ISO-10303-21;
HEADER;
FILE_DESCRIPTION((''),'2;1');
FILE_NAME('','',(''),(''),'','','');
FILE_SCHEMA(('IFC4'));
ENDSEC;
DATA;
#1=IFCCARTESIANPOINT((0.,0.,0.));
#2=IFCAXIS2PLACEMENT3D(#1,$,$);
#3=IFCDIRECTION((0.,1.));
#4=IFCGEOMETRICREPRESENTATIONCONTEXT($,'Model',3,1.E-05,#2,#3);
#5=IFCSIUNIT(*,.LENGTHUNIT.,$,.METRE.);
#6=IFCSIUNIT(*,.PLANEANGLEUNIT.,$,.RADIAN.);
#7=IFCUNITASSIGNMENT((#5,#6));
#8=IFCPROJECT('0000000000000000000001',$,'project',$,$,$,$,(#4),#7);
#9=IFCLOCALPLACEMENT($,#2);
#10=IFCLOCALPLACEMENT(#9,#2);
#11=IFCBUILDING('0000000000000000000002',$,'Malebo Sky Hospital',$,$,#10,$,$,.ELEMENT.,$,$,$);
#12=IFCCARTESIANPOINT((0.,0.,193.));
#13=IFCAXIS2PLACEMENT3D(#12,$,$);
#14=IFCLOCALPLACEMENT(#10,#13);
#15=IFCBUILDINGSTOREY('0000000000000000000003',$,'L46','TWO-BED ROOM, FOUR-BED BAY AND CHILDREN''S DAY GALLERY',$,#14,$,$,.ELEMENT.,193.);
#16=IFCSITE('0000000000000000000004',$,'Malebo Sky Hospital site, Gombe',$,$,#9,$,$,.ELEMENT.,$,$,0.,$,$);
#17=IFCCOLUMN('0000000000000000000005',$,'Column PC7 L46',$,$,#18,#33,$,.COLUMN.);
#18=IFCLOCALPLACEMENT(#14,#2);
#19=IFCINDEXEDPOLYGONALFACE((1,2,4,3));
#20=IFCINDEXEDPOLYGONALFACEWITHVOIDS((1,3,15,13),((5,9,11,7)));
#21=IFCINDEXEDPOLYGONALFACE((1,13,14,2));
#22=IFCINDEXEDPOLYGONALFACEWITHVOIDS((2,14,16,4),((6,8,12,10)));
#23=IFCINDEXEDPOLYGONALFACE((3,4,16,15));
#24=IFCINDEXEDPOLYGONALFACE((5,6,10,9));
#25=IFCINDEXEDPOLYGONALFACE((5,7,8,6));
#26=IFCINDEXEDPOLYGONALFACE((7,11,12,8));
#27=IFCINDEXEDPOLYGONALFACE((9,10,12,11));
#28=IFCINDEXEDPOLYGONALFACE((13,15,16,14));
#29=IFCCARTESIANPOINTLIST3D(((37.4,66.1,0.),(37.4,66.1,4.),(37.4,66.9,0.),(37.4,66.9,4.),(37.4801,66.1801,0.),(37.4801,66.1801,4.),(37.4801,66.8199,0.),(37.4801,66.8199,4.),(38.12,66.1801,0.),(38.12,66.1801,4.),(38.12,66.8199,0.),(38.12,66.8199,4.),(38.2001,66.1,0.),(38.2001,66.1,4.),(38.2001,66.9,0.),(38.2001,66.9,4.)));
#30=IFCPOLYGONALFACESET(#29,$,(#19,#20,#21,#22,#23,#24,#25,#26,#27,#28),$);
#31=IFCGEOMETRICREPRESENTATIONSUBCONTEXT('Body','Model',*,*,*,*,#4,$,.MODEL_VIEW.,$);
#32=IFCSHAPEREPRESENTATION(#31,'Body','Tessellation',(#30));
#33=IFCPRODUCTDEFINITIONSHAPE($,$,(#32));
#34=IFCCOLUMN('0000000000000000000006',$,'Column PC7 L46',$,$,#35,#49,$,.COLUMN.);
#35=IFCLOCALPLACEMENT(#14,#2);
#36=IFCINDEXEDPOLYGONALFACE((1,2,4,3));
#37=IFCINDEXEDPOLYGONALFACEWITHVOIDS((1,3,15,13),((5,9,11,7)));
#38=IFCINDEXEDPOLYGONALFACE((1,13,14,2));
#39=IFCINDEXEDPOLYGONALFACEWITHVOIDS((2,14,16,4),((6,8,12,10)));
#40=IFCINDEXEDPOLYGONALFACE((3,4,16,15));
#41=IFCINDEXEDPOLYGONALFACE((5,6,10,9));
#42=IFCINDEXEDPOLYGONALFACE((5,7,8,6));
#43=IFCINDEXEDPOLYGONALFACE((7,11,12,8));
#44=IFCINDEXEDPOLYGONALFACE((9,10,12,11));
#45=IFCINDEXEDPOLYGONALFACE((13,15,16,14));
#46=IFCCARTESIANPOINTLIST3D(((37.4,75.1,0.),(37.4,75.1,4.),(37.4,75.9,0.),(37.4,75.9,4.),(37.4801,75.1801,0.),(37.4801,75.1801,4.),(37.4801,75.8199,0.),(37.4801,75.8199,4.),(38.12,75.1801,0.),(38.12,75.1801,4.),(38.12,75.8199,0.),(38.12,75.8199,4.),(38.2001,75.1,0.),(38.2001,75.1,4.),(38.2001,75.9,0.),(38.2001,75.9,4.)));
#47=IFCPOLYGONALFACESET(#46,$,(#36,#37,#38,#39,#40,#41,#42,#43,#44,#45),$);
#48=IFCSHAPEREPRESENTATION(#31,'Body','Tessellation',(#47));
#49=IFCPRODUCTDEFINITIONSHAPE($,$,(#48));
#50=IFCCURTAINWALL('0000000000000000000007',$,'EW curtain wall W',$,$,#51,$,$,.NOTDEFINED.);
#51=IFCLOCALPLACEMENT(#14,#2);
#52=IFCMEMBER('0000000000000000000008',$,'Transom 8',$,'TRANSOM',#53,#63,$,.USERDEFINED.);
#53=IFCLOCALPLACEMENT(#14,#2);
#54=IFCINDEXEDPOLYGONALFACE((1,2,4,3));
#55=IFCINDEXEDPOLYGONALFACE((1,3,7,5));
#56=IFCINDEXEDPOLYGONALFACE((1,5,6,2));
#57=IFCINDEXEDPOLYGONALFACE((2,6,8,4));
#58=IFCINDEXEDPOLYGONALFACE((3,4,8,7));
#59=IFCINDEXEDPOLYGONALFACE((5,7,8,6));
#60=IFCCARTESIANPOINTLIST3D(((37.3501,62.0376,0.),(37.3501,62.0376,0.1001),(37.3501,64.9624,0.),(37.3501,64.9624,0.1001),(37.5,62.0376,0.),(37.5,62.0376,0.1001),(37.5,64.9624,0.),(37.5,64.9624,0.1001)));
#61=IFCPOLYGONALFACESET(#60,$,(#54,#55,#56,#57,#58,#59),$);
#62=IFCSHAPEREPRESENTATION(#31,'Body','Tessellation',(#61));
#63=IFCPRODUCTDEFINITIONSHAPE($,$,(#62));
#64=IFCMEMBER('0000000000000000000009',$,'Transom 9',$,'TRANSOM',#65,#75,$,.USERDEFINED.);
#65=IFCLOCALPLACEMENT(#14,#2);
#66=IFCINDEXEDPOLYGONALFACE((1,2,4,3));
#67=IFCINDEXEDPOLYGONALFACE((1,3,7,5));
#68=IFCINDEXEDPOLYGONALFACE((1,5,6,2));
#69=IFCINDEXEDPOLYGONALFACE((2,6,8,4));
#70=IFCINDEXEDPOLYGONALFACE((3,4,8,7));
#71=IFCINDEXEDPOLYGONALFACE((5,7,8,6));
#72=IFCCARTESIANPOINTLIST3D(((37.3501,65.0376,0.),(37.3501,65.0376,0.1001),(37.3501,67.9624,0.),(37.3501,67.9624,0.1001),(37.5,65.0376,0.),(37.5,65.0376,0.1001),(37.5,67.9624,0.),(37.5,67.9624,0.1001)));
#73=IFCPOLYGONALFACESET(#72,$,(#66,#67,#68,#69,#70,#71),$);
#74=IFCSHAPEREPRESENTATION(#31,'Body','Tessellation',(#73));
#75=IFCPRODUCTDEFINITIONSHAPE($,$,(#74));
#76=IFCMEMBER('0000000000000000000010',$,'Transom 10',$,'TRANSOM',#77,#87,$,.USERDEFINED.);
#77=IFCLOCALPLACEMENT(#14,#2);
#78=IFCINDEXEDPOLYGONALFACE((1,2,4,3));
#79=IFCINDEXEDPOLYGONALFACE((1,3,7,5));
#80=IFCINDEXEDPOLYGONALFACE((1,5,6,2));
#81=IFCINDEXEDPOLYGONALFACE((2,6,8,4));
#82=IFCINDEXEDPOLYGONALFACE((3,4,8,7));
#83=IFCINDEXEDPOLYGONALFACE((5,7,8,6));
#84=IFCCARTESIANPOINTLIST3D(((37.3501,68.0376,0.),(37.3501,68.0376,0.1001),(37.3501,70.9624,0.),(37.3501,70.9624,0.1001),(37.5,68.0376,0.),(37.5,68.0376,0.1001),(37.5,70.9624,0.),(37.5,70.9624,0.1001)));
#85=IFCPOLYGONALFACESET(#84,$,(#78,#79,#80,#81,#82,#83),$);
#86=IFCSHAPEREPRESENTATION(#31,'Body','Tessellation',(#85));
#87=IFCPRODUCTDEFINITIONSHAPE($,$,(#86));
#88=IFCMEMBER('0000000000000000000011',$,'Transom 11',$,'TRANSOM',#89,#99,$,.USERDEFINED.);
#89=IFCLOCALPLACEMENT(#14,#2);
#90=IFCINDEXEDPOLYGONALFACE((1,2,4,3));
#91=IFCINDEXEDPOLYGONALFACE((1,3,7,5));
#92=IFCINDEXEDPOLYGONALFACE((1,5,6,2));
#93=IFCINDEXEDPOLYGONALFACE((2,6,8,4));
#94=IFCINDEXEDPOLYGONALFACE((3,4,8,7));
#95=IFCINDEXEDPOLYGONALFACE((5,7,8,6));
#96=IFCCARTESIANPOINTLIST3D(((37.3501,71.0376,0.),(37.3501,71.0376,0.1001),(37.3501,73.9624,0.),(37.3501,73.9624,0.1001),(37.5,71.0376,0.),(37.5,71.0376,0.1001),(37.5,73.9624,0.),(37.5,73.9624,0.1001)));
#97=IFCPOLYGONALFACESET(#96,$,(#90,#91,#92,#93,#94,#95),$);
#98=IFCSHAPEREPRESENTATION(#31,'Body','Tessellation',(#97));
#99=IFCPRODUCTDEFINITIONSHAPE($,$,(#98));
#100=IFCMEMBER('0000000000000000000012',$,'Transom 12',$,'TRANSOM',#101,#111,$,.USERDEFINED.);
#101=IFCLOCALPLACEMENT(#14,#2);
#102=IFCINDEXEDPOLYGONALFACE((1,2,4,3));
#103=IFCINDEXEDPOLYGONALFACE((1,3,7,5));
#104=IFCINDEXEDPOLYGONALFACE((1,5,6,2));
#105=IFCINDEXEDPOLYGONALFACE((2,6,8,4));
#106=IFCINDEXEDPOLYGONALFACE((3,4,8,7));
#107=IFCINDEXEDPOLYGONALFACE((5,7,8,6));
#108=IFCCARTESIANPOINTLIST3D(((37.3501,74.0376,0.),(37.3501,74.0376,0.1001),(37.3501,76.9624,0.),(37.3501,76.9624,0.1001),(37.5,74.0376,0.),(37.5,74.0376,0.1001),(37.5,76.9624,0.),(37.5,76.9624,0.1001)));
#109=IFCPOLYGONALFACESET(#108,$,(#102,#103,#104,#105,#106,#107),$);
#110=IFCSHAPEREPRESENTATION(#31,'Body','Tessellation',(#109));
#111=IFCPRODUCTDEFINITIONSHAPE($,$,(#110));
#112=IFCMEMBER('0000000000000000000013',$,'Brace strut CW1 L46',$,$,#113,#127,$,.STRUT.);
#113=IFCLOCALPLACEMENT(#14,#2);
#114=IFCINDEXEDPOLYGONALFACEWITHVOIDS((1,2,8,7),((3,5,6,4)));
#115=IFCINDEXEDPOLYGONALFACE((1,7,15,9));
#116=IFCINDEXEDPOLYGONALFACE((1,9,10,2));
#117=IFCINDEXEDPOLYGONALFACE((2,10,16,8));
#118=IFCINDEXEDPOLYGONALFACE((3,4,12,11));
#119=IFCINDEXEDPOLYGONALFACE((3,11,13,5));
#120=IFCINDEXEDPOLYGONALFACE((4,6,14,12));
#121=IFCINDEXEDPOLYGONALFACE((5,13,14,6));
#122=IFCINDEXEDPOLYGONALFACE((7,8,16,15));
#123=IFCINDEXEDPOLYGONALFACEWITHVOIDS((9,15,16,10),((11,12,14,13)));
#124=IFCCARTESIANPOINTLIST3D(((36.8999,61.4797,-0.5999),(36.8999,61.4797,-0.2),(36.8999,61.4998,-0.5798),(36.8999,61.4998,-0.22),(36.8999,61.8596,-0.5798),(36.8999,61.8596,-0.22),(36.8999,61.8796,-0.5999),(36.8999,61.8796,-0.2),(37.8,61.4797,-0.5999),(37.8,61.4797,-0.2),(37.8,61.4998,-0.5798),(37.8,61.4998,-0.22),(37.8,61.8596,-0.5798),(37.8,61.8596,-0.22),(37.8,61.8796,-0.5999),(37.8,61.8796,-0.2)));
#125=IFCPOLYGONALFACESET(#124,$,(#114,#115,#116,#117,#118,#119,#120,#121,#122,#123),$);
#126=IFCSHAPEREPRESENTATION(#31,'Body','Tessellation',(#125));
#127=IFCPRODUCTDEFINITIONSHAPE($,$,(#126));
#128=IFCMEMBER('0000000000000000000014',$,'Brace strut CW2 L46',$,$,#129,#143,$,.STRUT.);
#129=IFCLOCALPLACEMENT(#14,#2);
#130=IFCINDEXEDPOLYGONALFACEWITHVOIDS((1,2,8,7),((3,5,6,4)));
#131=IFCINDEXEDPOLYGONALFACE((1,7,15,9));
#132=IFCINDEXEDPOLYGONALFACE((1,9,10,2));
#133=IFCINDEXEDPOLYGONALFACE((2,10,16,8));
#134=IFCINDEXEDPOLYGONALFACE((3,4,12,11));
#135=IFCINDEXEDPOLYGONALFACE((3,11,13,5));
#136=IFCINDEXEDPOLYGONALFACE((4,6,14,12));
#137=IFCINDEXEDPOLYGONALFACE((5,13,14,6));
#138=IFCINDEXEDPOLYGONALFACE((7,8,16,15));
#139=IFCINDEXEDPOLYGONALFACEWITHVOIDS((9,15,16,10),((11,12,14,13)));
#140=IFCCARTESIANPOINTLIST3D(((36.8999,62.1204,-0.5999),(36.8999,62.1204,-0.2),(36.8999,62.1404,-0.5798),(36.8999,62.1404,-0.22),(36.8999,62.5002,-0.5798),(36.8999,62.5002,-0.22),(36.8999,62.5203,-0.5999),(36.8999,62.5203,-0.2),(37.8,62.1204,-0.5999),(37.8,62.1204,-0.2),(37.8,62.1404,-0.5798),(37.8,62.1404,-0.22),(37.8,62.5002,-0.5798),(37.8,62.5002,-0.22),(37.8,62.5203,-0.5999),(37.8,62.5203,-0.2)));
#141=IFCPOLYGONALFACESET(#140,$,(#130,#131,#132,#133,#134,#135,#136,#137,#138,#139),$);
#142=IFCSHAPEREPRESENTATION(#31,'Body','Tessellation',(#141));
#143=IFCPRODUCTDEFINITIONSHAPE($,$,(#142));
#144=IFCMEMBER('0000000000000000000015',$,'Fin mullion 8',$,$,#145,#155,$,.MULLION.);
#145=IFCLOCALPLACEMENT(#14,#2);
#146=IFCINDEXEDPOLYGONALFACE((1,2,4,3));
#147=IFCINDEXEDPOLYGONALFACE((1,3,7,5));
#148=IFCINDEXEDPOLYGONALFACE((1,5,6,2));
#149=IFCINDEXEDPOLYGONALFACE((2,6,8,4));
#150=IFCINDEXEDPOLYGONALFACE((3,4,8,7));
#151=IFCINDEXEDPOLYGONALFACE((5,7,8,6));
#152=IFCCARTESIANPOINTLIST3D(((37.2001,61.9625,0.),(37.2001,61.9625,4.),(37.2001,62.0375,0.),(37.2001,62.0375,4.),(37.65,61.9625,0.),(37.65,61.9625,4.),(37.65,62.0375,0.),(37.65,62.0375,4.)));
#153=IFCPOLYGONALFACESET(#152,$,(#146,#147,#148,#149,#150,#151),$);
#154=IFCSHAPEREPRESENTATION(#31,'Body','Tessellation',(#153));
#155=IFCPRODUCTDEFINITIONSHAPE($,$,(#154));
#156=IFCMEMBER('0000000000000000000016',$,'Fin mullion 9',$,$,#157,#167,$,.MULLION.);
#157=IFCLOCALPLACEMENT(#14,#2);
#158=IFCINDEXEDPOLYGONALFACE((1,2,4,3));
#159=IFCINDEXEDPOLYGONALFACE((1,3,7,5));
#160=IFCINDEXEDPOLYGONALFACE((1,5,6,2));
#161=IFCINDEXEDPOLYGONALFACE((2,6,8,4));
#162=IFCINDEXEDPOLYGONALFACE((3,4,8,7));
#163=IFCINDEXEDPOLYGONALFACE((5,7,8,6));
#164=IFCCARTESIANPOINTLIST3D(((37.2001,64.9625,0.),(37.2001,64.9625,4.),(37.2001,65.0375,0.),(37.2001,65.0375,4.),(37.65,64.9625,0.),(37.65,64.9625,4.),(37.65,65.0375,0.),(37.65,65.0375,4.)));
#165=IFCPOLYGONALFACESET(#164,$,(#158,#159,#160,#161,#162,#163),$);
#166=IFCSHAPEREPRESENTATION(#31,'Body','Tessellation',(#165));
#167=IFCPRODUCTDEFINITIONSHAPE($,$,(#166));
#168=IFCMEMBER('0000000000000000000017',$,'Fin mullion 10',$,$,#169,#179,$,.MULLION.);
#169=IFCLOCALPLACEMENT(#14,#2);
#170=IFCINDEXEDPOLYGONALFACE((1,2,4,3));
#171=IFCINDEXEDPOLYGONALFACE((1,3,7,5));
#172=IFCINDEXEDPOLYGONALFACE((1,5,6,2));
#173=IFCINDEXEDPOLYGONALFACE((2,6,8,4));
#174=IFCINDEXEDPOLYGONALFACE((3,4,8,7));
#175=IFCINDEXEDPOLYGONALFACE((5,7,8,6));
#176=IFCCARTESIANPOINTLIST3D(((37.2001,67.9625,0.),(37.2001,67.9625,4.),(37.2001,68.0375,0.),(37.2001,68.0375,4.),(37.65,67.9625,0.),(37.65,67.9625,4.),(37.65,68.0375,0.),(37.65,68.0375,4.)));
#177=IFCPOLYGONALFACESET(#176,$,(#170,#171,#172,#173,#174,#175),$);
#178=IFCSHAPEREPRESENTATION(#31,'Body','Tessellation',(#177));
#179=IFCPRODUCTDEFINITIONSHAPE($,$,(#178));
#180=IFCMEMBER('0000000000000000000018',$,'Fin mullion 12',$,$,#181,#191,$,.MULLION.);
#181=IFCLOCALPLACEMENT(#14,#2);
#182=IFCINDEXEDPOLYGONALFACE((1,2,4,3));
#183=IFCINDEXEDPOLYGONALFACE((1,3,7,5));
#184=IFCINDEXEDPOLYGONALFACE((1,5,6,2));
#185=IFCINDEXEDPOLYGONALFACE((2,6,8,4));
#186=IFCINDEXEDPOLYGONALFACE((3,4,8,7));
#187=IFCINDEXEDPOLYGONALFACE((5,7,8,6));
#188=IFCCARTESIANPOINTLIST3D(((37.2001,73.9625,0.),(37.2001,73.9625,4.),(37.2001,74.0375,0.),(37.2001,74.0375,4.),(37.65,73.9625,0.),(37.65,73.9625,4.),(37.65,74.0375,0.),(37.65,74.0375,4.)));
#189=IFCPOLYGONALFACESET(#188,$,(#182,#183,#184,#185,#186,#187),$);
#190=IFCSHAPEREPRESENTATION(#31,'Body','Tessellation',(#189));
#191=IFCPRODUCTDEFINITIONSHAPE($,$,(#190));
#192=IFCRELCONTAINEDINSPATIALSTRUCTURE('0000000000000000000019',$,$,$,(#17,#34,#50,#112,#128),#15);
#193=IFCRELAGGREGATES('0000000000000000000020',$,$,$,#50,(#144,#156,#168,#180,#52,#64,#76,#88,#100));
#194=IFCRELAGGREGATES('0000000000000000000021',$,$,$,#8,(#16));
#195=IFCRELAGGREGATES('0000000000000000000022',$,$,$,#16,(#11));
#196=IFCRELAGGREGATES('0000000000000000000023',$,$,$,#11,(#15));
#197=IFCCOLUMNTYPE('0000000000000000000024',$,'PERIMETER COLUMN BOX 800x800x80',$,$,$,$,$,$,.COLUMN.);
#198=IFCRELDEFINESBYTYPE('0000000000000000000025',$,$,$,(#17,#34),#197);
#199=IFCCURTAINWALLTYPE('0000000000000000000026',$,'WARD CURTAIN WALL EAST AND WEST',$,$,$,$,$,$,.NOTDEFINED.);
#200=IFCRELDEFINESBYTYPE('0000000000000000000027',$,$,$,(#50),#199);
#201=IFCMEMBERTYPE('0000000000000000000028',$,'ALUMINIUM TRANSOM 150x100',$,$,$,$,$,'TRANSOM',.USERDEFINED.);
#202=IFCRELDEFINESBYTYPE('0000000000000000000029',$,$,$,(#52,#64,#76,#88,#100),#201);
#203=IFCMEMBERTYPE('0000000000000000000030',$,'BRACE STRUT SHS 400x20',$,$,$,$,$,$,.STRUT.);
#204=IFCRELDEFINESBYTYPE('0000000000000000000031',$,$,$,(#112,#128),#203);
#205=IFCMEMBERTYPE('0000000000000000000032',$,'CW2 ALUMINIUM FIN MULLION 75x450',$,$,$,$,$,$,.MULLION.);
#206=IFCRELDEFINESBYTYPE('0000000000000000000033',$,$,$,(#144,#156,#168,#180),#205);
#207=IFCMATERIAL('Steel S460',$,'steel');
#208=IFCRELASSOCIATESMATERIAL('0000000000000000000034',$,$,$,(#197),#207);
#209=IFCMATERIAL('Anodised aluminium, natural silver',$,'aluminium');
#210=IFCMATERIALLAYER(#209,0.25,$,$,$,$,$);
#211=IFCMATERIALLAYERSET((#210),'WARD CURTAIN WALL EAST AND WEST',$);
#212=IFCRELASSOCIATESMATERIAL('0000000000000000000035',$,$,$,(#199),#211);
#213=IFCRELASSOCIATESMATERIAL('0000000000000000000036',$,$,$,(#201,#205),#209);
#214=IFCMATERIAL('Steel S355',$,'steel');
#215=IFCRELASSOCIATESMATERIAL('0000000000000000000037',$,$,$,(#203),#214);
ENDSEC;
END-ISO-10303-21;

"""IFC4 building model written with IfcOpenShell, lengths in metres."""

from ifc_helpers import new_model, si_unit, direction, frame, origin, origin_2d, place, context, subcontext, project, spatial, rectangle, hollow_rectangle, extrude, material, layer, layer_set, material_profile, profile_set, type_object, element, aggregate, save


model = new_model("IFC4")

# Units and contexts
model_context = context("Model", 3, precision=1e-05, world=origin(), true_north=direction((0.0, 1.0)))
body_context = subcontext(model_context, "Body", "Model", "MODEL_VIEW")
ifc_project = project(units=[si_unit("LENGTHUNIT", "METRE"), si_unit("PLANEANGLEUNIT", "RADIAN")], contexts=[model_context])

# Site, building, storey
site_placement = place(None, origin())
site = spatial("IfcSite", under=ifc_project, at=site_placement, Name="Malebo Sky Hospital site, Gombe", CompositionType="ELEMENT", RefElevation=0.0)
building_placement = place(site_placement, origin())
building = spatial("IfcBuilding", under=site, at=building_placement, Name="Malebo Sky Hospital", CompositionType="ELEMENT")
storey_placement = place(building_placement, frame((0.0, 0.0, 193.0)))
storey = spatial("IfcBuildingStorey", under=building, at=storey_placement, Name="L46", Description="TWO-BED ROOM, FOUR-BED BAY AND CHILDREN'S DAY GALLERY", CompositionType="ELEMENT", Elevation=193.0)

# Columns
ifc_material_1 = material(Name="Steel S460", Category="steel")
ifc_material_profile_1 = material_profile(ifc_material_1, hollow_rectangle(XDim=0.8, YDim=0.8, WallThickness=0.0801, at=origin_2d()), Name="BOX 800x800x80")
ifc_profile_set_1 = profile_set([ifc_material_profile_1], Name="Steel S460")
column_type = type_object("IfcColumnType", Name="PERIMETER COLUMN BOX 800x800x80", PredefinedType="COLUMN", material=ifc_profile_set_1)
for number, where, z_axis, x_axis, name in (
    (1, (37.8, 66.5, 0.0), (0.0, 0.0, 1.0), (1.0, 0.0, 0.0), "Column PC7 L46"),
    (2, (37.8, 75.5, 0.0), (0.0, 0.0, 1.0), (1.0, 0.0, 0.0), "Column PC7 L46"),
):
    element("IfcColumn", number, at=place(storey_placement, frame(where, z_axis=z_axis, x_axis=x_axis)), inside=storey, type_object=column_type, Name=name, PredefinedType="COLUMN", context=body_context, shape_type="SweptSolid", body=[
        extrude(hollow_rectangle(XDim=0.8, YDim=0.8, WallThickness=0.0801, at=origin_2d()), origin(), (0.0, 0.0, 1.0), 4.0),
    ])

# Curtain wall, members
ifc_material_2 = material(Name="Anodised aluminium, natural silver", Category="aluminium")
ifc_layer_1 = layer(ifc_material_2, 0.25)
ifc_layer_set_1 = layer_set([ifc_layer_1], Name="WARD CURTAIN WALL EAST AND WEST")
curtain_wall_type = type_object("IfcCurtainWallType", Name="WARD CURTAIN WALL EAST AND WEST", PredefinedType="NOTDEFINED", material=ifc_layer_set_1)
curtain_wall_placement = place(storey_placement, origin())
curtain_wall = element("IfcCurtainWall", 3, at=curtain_wall_placement, inside=storey, type_object=curtain_wall_type, Name="EW curtain wall W", PredefinedType="NOTDEFINED")
ifc_material_profile_2 = material_profile(ifc_material_2, rectangle(XDim=0.1499, YDim=0.1001, at=origin_2d()), Name="ALUMINIUM TRANSOM 150x100")
ifc_profile_set_2 = profile_set([ifc_material_profile_2], Name="Anodised aluminium, natural silver")
member_type_1 = type_object("IfcMemberType", Name="ALUMINIUM TRANSOM 150x100", ElementType="TRANSOM", PredefinedType="USERDEFINED", material=ifc_profile_set_2)
member_1_placement = place(storey_placement, frame((37.425, 62.0376, 0.05), z_axis=(0.0, 1.0, 0.0), x_axis=(-1.0, 0.0, 0.0)))
member_1 = element("IfcMember", 4, at=member_1_placement, type_object=member_type_1, Name="Transom 8", ObjectType="TRANSOM", PredefinedType="USERDEFINED", context=body_context, shape_type="SweptSolid", body=[
    extrude(rectangle(XDim=0.1499, YDim=0.1001, at=origin_2d()), origin(), (0.0, 0.0, 1.0), 2.9248),
])
member_2_placement = place(storey_placement, frame((37.425, 65.0376, 0.05), z_axis=(0.0, 1.0, 0.0), x_axis=(-1.0, 0.0, 0.0)))
member_2 = element("IfcMember", 5, at=member_2_placement, type_object=member_type_1, Name="Transom 9", ObjectType="TRANSOM", PredefinedType="USERDEFINED", context=body_context, shape_type="SweptSolid", body=[
    extrude(rectangle(XDim=0.1499, YDim=0.1001, at=origin_2d()), origin(), (0.0, 0.0, 1.0), 2.9248),
])
member_3_placement = place(storey_placement, frame((37.425, 68.0376, 0.05), z_axis=(0.0, 1.0, 0.0), x_axis=(-1.0, 0.0, 0.0)))
member_3 = element("IfcMember", 6, at=member_3_placement, type_object=member_type_1, Name="Transom 10", ObjectType="TRANSOM", PredefinedType="USERDEFINED", context=body_context, shape_type="SweptSolid", body=[
    extrude(rectangle(XDim=0.1499, YDim=0.1001, at=origin_2d()), origin(), (0.0, 0.0, 1.0), 2.9248),
])
member_4_placement = place(storey_placement, frame((37.425, 71.0376, 0.05), z_axis=(0.0, 1.0, 0.0), x_axis=(-1.0, 0.0, 0.0)))
member_4 = element("IfcMember", 7, at=member_4_placement, type_object=member_type_1, Name="Transom 11", ObjectType="TRANSOM", PredefinedType="USERDEFINED", context=body_context, shape_type="SweptSolid", body=[
    extrude(rectangle(XDim=0.1499, YDim=0.1001, at=origin_2d()), origin(), (0.0, 0.0, 1.0), 2.9248),
])
member_5_placement = place(storey_placement, frame((37.425, 74.0376, 0.05), z_axis=(0.0, 1.0, 0.0), x_axis=(-1.0, 0.0, 0.0)))
member_5 = element("IfcMember", 8, at=member_5_placement, type_object=member_type_1, Name="Transom 12", ObjectType="TRANSOM", PredefinedType="USERDEFINED", context=body_context, shape_type="SweptSolid", body=[
    extrude(rectangle(XDim=0.1499, YDim=0.1001, at=origin_2d()), origin(), (0.0, 0.0, 1.0), 2.9248),
])

# Members
ifc_material_3 = material(Name="Steel S355", Category="steel")
ifc_material_profile_3 = material_profile(ifc_material_3, hollow_rectangle(XDim=0.3999, YDim=0.3999, WallThickness=0.02, at=origin_2d()), Name="SHS 400x20")
ifc_profile_set_3 = profile_set([ifc_material_profile_3], Name="Steel S355")
member_type_2 = type_object("IfcMemberType", Name="BRACE STRUT SHS 400x20", PredefinedType="STRUT", material=ifc_profile_set_3)
for number, where, z_axis, x_axis, name in (
    (9, (36.8999, 61.6797, -0.3999), (1.0, 0.0, 0.0), (0.0, 1.0, 0.0), "Brace strut CW1 L46"),
    (10, (36.8999, 62.3203, -0.3999), (1.0, 0.0, 0.0), (0.0, 1.0, 0.0), "Brace strut CW2 L46"),
):
    element("IfcMember", number, at=place(storey_placement, frame(where, z_axis=z_axis, x_axis=x_axis)), inside=storey, type_object=member_type_2, Name=name, PredefinedType="STRUT", context=body_context, shape_type="SweptSolid", body=[
        extrude(hollow_rectangle(XDim=0.3999, YDim=0.3999, WallThickness=0.02, at=origin_2d()), origin(), (0.0, 0.0, 1.0), 0.9001),
    ])

# Members
ifc_material_profile_4 = material_profile(ifc_material_2, rectangle(XDim=0.075, YDim=0.45, at=origin_2d()), Name="CW2 ALUMINIUM FIN MULLION 75x450")
ifc_profile_set_4 = profile_set([ifc_material_profile_4], Name="Anodised aluminium, natural silver")
member_type_3 = type_object("IfcMemberType", Name="CW2 ALUMINIUM FIN MULLION 75x450", PredefinedType="MULLION", material=ifc_profile_set_4)
member_6_placement = place(storey_placement, frame((37.425, 62.0, 0.0), z_axis=(0.0, 0.0, 1.0), x_axis=(0.0, 1.0, 0.0)))
member_6 = element("IfcMember", 11, at=member_6_placement, type_object=member_type_3, Name="Fin mullion 8", PredefinedType="MULLION", context=body_context, shape_type="SweptSolid", body=[
    extrude(rectangle(XDim=0.075, YDim=0.45, at=origin_2d()), origin(), (0.0, 0.0, 1.0), 4.0),
])
member_7_placement = place(storey_placement, frame((37.425, 65.0, 0.0), z_axis=(0.0, 0.0, 1.0), x_axis=(0.0, 1.0, 0.0)))
member_7 = element("IfcMember", 12, at=member_7_placement, type_object=member_type_3, Name="Fin mullion 9", PredefinedType="MULLION", context=body_context, shape_type="SweptSolid", body=[
    extrude(rectangle(XDim=0.075, YDim=0.45, at=origin_2d()), origin(), (0.0, 0.0, 1.0), 4.0),
])
member_8_placement = place(storey_placement, frame((37.425, 68.0, 0.0), z_axis=(0.0, 0.0, 1.0), x_axis=(0.0, 1.0, 0.0)))
member_8 = element("IfcMember", 13, at=member_8_placement, type_object=member_type_3, Name="Fin mullion 10", PredefinedType="MULLION", context=body_context, shape_type="SweptSolid", body=[
    extrude(rectangle(XDim=0.075, YDim=0.45, at=origin_2d()), origin(), (0.0, 0.0, 1.0), 4.0),
])
member_9_placement = place(storey_placement, frame((37.425, 74.0, 0.0), z_axis=(0.0, 0.0, 1.0), x_axis=(0.0, 1.0, 0.0)))
member_9 = element("IfcMember", 14, at=member_9_placement, type_object=member_type_3, Name="Fin mullion 12", PredefinedType="MULLION", context=body_context, shape_type="SweptSolid", body=[
    extrude(rectangle(XDim=0.075, YDim=0.45, at=origin_2d()), origin(), (0.0, 0.0, 1.0), 4.0),
])

aggregate(curtain_wall, [member_6, member_7, member_8, member_9, member_1, member_2, member_3, member_4, member_5])

save(model, "model.ifc")
